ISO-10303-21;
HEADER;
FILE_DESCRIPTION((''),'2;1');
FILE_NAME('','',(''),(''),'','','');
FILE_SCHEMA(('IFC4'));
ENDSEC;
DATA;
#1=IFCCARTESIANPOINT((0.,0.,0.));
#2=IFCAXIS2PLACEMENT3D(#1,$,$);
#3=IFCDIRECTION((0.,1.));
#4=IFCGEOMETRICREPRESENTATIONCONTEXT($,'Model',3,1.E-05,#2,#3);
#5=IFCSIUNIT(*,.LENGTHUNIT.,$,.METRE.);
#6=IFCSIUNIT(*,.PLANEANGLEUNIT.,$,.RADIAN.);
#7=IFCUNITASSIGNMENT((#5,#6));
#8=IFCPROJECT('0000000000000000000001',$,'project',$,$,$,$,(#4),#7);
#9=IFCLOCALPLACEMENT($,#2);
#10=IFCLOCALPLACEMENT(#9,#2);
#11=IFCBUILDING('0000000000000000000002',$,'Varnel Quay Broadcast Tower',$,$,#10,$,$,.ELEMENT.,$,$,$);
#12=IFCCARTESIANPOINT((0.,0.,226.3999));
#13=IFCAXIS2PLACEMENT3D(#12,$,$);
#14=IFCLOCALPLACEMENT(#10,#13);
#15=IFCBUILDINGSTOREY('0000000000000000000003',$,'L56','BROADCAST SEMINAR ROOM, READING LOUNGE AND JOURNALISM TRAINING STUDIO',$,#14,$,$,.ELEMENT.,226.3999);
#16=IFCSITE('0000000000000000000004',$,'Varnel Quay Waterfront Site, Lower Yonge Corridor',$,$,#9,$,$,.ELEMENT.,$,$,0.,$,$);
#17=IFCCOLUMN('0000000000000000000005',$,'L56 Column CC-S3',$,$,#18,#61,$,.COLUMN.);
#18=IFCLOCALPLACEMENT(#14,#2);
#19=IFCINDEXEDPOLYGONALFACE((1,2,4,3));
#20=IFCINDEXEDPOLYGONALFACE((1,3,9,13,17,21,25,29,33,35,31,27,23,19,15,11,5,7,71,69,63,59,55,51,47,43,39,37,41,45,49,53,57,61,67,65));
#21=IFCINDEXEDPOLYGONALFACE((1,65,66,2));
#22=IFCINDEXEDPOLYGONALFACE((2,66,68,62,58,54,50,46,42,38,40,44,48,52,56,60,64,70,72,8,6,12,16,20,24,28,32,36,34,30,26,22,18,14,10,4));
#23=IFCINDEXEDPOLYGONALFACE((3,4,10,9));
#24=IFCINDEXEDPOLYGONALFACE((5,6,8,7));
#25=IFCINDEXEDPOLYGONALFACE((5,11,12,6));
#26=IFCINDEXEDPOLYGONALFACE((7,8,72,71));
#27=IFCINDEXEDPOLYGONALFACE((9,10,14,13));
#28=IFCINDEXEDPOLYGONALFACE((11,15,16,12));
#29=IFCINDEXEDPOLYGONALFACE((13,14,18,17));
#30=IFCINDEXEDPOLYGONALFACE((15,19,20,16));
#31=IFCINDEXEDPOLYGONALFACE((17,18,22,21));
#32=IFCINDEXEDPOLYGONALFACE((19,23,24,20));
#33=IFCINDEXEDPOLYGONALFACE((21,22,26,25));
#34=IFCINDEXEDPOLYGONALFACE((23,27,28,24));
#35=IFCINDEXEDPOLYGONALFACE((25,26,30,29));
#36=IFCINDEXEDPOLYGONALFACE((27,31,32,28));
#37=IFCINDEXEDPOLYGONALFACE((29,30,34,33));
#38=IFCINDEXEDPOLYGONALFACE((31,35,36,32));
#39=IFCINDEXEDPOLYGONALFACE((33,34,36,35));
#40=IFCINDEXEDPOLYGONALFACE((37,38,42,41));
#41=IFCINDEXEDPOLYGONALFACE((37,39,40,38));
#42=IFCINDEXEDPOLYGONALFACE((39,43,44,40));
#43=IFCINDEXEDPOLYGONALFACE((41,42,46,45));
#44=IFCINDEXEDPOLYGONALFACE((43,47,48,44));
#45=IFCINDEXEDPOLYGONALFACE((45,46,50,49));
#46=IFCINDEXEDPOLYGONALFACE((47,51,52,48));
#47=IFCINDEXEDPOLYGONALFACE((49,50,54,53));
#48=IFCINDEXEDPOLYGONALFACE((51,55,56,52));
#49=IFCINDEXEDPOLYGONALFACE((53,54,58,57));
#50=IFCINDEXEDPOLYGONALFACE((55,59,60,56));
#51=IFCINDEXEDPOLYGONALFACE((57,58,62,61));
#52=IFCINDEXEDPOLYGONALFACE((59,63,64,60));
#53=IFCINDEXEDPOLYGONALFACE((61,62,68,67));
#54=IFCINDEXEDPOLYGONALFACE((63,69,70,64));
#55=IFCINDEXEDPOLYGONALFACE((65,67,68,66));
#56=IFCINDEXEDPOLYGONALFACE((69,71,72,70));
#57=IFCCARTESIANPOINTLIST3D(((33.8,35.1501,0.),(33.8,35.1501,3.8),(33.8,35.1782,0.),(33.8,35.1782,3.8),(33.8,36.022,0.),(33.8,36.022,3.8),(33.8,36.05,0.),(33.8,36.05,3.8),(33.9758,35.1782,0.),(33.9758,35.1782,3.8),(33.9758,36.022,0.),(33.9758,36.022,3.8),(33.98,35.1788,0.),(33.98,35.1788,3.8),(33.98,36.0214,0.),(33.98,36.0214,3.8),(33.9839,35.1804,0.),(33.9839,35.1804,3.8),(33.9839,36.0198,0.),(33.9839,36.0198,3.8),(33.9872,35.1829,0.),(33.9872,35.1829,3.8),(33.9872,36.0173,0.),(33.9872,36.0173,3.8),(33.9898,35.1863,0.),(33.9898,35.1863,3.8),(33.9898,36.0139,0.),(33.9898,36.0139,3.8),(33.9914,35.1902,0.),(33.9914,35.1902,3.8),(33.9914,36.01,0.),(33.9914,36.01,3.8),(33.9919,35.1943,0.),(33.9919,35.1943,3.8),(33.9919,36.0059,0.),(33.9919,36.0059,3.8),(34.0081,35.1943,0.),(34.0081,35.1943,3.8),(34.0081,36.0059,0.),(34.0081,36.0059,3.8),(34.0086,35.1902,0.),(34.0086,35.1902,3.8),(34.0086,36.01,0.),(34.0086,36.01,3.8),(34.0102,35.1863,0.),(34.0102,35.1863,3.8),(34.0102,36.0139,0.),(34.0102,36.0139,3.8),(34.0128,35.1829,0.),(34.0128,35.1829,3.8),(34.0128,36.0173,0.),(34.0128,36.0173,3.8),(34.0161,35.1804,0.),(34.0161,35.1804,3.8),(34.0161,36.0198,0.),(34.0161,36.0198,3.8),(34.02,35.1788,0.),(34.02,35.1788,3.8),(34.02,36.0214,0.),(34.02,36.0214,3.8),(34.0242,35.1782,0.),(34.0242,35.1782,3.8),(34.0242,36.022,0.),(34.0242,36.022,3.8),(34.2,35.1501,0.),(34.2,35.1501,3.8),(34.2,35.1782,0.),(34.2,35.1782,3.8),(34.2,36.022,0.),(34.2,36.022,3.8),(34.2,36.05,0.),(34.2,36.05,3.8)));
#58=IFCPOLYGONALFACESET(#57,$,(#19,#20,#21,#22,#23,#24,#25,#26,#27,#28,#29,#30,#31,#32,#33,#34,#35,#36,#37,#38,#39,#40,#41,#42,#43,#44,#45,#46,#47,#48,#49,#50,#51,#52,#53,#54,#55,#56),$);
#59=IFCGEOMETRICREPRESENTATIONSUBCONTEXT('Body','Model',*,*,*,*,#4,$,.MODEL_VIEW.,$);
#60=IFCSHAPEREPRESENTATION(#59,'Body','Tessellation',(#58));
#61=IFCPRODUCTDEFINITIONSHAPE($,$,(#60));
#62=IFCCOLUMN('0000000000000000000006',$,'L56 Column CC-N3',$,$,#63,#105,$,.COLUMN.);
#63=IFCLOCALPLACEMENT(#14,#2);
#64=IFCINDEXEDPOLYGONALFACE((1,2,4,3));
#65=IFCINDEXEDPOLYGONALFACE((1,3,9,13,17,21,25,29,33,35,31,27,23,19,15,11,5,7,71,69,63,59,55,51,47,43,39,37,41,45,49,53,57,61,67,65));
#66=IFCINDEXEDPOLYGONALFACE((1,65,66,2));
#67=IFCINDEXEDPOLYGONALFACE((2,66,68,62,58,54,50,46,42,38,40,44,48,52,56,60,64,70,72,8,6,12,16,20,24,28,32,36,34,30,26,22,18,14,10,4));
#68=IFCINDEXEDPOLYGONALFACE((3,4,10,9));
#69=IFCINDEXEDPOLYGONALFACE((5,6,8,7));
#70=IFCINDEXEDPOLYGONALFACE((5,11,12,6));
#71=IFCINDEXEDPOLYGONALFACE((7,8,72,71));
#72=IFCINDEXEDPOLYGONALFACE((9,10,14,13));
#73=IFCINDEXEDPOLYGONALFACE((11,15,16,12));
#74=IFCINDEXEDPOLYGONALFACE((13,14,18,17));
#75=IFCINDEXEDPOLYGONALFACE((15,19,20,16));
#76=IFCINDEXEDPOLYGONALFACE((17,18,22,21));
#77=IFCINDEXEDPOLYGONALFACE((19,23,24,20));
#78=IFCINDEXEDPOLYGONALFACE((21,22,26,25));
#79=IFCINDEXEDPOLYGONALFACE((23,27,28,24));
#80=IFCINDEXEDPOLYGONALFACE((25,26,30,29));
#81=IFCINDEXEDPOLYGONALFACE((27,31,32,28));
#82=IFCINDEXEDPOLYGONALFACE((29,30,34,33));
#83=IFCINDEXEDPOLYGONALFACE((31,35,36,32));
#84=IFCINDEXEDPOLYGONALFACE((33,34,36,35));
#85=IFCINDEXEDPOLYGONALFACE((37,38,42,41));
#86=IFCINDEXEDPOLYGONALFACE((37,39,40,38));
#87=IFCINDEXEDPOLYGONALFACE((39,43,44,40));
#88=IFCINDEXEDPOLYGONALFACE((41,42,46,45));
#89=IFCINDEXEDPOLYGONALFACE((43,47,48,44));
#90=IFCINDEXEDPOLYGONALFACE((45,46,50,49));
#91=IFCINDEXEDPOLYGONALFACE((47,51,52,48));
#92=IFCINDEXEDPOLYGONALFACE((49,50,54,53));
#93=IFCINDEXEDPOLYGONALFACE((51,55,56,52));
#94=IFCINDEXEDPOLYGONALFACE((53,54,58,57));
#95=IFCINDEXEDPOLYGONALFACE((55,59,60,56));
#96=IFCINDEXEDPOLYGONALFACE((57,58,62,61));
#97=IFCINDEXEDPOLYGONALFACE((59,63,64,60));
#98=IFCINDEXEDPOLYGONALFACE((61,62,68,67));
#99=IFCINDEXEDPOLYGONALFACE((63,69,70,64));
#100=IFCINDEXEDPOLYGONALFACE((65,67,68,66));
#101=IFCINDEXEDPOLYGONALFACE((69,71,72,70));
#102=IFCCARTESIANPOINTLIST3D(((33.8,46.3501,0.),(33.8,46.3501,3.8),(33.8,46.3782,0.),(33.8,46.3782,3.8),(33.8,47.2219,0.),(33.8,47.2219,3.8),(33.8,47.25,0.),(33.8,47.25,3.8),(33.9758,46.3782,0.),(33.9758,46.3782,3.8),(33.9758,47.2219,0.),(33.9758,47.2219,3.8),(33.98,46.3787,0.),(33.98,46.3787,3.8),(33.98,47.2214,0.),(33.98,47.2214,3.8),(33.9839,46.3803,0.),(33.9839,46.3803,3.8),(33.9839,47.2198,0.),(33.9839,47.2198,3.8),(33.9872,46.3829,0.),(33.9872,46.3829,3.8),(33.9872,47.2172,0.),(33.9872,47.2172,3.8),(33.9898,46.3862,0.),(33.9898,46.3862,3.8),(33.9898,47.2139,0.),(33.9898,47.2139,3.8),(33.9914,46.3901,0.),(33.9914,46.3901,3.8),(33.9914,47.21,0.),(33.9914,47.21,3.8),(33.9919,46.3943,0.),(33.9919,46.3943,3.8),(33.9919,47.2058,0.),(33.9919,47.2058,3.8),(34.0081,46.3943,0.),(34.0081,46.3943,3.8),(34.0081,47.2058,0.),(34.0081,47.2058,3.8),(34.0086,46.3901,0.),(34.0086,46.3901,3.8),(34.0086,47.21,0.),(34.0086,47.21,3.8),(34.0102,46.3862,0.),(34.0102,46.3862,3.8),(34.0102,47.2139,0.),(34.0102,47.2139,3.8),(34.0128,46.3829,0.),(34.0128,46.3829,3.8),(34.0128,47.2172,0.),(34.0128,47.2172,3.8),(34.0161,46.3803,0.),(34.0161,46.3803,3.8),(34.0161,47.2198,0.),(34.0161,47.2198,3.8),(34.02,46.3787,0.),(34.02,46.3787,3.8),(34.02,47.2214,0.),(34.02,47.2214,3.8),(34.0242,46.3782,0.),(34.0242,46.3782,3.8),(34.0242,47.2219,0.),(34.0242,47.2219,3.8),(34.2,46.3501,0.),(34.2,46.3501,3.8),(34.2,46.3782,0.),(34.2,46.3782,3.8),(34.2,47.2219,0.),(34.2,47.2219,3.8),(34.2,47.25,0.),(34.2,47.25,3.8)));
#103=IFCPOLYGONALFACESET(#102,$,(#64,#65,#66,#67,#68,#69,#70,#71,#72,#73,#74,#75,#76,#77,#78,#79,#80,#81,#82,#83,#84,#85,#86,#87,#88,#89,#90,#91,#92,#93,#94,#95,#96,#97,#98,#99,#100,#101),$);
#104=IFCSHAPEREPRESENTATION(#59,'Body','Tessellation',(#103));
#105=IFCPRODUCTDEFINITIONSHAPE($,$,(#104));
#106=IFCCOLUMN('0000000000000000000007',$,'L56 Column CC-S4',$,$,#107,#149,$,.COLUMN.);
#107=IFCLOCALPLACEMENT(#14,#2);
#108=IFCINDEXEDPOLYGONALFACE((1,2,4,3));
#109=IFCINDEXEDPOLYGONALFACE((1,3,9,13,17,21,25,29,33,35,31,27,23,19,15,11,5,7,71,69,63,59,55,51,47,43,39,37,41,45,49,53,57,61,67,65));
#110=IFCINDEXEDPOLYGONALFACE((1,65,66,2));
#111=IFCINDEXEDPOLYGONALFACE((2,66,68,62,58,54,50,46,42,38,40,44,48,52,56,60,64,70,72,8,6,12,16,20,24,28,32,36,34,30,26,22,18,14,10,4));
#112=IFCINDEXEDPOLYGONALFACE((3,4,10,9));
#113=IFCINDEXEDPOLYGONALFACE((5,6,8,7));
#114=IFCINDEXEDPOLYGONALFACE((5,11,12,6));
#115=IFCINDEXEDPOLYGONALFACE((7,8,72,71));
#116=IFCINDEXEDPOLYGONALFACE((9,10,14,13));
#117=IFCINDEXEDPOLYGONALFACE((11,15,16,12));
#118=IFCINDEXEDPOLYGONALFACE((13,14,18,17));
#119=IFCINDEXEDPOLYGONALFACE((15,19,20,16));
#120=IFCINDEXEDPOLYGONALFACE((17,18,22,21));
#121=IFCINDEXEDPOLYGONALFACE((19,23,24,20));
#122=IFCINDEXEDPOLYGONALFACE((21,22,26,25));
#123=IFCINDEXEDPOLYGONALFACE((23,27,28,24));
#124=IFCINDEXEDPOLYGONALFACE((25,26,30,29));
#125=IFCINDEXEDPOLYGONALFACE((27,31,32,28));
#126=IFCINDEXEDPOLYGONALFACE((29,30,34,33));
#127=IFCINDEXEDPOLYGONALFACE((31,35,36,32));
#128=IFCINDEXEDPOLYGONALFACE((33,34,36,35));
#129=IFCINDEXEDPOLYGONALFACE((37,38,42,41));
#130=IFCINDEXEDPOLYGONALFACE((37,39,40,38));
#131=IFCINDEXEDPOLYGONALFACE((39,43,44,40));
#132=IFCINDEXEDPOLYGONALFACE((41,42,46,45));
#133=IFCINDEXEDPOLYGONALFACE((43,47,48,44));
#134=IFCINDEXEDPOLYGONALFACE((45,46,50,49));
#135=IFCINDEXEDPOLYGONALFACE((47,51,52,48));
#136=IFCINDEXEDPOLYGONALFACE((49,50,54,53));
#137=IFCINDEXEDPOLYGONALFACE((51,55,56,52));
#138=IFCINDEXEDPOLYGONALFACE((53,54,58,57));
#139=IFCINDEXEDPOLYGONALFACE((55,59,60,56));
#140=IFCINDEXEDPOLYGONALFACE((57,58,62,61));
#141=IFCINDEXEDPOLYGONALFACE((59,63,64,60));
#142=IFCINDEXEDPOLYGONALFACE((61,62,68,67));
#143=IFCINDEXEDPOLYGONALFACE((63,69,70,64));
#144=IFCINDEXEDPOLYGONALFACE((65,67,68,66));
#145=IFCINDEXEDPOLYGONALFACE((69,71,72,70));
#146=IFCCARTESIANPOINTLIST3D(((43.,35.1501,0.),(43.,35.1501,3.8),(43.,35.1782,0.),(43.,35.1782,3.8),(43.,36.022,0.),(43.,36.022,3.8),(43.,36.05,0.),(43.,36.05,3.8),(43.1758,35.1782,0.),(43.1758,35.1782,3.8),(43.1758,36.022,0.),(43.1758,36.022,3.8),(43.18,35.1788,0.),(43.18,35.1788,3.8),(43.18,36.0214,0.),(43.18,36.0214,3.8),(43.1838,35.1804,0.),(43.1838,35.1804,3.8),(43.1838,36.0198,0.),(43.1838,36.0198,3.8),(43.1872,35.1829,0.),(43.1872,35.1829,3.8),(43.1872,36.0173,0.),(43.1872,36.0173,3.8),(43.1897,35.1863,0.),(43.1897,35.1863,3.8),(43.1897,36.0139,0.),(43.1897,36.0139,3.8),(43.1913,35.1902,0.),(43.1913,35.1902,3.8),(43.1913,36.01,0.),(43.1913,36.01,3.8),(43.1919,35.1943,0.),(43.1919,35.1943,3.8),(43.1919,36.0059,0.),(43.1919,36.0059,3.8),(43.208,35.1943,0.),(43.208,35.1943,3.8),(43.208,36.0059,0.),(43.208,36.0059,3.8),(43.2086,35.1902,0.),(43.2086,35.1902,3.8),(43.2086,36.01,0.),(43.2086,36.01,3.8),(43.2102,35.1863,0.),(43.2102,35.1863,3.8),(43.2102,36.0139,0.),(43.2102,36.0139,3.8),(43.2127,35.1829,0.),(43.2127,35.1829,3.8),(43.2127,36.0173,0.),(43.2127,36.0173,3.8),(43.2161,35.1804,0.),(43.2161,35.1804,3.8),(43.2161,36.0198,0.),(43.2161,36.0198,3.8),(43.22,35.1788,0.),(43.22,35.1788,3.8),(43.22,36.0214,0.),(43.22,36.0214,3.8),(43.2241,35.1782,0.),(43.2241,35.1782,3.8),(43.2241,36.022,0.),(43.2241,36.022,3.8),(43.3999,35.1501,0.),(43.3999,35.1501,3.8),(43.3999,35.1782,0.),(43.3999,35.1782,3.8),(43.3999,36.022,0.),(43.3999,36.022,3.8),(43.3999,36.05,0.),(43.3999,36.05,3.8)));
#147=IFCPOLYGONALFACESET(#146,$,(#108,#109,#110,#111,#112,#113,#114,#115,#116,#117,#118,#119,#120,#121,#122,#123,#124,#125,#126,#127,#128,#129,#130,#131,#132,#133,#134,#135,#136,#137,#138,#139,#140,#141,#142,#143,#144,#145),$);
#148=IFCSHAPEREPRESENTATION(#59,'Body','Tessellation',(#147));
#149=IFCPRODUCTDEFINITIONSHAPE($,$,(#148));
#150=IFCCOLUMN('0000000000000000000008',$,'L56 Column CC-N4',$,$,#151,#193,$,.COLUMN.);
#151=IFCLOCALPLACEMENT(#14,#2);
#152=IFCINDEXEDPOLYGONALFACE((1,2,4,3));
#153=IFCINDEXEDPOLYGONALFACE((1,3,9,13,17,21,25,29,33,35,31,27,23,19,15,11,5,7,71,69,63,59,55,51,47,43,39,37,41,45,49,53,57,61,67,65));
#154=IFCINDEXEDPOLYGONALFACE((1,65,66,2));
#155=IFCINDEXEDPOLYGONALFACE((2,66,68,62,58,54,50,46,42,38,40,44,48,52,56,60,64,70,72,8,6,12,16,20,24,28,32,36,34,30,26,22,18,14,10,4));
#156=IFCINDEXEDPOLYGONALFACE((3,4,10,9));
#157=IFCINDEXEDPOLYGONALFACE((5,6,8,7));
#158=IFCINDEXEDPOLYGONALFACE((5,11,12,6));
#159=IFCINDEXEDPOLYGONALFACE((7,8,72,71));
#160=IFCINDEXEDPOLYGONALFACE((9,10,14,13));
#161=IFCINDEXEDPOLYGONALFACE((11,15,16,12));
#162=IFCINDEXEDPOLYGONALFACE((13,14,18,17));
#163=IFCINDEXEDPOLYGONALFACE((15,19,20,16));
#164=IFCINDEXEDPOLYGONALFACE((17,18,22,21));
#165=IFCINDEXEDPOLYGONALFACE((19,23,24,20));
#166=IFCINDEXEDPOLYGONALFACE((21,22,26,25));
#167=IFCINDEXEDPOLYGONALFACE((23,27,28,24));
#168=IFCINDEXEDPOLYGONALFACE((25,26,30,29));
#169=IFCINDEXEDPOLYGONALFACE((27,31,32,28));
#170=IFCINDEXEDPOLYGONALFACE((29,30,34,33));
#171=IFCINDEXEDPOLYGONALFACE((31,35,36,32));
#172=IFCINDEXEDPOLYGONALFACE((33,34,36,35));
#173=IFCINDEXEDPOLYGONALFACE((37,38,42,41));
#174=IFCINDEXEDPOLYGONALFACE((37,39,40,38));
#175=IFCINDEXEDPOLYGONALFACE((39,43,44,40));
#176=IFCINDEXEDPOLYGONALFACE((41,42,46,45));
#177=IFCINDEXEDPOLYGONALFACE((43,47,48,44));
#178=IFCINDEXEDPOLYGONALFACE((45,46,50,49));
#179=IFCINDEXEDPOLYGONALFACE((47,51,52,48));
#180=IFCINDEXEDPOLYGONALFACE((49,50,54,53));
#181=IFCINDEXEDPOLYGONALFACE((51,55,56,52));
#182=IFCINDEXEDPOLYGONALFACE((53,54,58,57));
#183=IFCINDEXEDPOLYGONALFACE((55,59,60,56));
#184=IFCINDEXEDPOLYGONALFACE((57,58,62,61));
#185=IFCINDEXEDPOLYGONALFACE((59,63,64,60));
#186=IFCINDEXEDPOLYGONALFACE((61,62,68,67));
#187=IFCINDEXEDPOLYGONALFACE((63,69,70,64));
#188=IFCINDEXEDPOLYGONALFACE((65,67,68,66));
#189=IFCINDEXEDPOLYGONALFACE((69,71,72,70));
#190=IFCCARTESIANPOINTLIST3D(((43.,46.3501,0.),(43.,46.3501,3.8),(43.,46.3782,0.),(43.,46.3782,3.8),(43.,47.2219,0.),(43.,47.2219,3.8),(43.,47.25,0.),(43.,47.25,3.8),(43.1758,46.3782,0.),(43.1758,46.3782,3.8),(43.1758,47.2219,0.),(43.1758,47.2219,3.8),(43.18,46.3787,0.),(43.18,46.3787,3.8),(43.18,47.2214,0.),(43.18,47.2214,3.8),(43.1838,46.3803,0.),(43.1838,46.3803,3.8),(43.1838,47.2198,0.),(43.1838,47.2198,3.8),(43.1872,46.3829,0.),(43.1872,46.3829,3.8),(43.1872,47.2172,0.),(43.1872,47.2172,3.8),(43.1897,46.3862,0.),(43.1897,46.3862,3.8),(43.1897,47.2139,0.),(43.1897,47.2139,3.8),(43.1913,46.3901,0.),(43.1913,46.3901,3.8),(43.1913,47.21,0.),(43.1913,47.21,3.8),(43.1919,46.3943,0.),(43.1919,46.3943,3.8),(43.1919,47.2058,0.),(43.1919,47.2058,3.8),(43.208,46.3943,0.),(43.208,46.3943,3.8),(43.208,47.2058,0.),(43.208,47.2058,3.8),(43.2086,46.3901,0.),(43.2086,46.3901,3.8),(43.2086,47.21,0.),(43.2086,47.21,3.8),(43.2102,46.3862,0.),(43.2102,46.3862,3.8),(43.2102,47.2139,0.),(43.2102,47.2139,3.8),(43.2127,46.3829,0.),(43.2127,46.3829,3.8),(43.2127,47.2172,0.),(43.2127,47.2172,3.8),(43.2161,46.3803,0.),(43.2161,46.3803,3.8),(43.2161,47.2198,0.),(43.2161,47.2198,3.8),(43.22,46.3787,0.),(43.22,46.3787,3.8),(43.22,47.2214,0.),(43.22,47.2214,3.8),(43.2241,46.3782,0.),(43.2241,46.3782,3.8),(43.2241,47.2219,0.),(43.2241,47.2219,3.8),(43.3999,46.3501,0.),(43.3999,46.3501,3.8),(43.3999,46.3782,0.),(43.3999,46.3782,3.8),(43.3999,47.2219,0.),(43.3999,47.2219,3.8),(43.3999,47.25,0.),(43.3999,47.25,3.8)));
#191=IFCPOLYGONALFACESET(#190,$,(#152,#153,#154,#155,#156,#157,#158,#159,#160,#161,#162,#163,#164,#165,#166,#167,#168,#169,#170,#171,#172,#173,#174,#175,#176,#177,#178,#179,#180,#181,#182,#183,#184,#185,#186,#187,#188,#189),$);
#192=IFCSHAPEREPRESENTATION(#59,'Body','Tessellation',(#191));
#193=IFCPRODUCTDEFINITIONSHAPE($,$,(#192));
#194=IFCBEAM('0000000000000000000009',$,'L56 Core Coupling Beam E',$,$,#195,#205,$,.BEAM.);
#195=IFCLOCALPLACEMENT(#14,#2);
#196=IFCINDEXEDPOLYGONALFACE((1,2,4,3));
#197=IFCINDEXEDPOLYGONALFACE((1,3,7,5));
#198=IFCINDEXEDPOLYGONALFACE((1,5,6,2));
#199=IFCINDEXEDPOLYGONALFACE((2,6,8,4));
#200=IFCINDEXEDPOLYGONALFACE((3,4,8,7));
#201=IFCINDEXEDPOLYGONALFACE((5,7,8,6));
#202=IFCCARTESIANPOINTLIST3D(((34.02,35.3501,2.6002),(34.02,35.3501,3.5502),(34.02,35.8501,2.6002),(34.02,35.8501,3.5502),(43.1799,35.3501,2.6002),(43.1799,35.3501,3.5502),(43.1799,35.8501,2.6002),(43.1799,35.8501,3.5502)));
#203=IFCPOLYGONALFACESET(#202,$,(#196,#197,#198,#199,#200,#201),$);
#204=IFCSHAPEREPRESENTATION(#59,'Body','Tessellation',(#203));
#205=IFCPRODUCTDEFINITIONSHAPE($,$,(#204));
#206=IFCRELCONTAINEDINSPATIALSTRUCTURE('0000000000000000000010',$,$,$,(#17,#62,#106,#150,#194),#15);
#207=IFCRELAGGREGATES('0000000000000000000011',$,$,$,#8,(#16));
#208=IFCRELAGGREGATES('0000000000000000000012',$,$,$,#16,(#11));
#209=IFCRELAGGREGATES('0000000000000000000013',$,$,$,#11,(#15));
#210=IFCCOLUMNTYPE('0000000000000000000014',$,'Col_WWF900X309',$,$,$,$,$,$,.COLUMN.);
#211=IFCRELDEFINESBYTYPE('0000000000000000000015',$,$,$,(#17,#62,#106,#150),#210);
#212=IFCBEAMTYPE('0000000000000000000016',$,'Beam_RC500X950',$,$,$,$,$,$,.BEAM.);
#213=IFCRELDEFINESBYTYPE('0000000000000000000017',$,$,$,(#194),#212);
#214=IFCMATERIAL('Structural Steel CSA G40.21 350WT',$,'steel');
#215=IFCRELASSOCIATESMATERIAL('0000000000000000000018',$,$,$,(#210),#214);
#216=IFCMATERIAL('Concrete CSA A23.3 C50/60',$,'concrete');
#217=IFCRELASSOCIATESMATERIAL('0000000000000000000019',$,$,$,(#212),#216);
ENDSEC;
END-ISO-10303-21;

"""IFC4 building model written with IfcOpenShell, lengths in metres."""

from ifc_helpers import new_model, si_unit, direction, frame, origin, origin_2d, place, context, subcontext, project, spatial, rectangle, i_section, extrude, source, transform, mapped, material, material_profile, profile_set, type_object, type_shapes, element, save


model = new_model("IFC4")

# Units and contexts
model_context = context("Model", 3, precision=1e-05, world=origin(), true_north=direction((0.0, 1.0)))
body_context = subcontext(model_context, "Body", "Model", "MODEL_VIEW")
ifc_project = project(units=[si_unit("LENGTHUNIT", "METRE"), si_unit("PLANEANGLEUNIT", "RADIAN")], contexts=[model_context])

# Site, building, storey
site_placement = place(None, origin())
site = spatial("IfcSite", under=ifc_project, at=site_placement, Name="Varnel Quay Waterfront Site, Lower Yonge Corridor", CompositionType="ELEMENT", RefElevation=0.0)
building_placement = place(site_placement, origin())
building = spatial("IfcBuilding", under=site, at=building_placement, Name="Varnel Quay Broadcast Tower", CompositionType="ELEMENT")
storey_placement = place(building_placement, frame((0.0, 0.0, 226.3999)))
storey = spatial("IfcBuildingStorey", under=building, at=storey_placement, Name="L56", Description="BROADCAST SEMINAR ROOM, READING LOUNGE AND JOURNALISM TRAINING STUDIO", CompositionType="ELEMENT", Elevation=226.3999)

# Columns
ifc_material_1 = material(Name="Structural Steel CSA G40.21 350WT", Category="steel")
ifc_material_profile_1 = material_profile(ifc_material_1, i_section(OverallWidth=0.3999, OverallDepth=0.8999, WebThickness=0.0161, FlangeThickness=0.0281, FilletRadius=0.0161, at=origin_2d()), Name="WWF900X309")
ifc_profile_set_1 = profile_set([ifc_material_profile_1], Name="Structural Steel CSA G40.21 350WT")
column_type = type_object("IfcColumnType", Name="Col_WWF900X309", PredefinedType="COLUMN", material=ifc_profile_set_1)
shared_shape_1 = source(origin(), body_context, "Body", "SweptSolid", [
    extrude(i_section(OverallWidth=0.3999, OverallDepth=0.8999, WebThickness=0.0161, FlangeThickness=0.0281, FilletRadius=0.0161, at=origin_2d()), origin(), (0.0, 0.0, 1.0), 3.8),
])
type_shapes(column_type, [shared_shape_1])
for number, where, z_axis, x_axis, name in (
    (1, (34.0, 35.6001, 0.0), (0.0, 0.0, 1.0), (1.0, 0.0, 0.0), "L56 Column CC-S3"),
    (2, (34.0, 46.8, 0.0), (0.0, 0.0, 1.0), (1.0, 0.0, 0.0), "L56 Column CC-N3"),
    (3, (43.2, 35.6001, 0.0), (0.0, 0.0, 1.0), (1.0, 0.0, 0.0), "L56 Column CC-S4"),
    (4, (43.2, 46.8, 0.0), (0.0, 0.0, 1.0), (1.0, 0.0, 0.0), "L56 Column CC-N4"),
):
    element("IfcColumn", number, at=place(storey_placement, frame(where, z_axis=z_axis, x_axis=x_axis)), inside=storey, type_object=column_type, Name=name, PredefinedType="COLUMN", context=body_context, shape_type="MappedRepresentation", body=[
        mapped(shared_shape_1, transform((0.0, 0.0, 0.0), x_axis=(1.0, 0.0, 0.0), y_axis=(0.0, 1.0, 0.0), z_axis=(0.0, 0.0, 1.0), scale=1.0)),
    ])

# Beam
ifc_material_2 = material(Name="Concrete CSA A23.3 C50/60", Category="concrete")
ifc_material_profile_2 = material_profile(ifc_material_2, rectangle(XDim=0.5, YDim=0.95, at=origin_2d()), Name="RC500X950")
ifc_profile_set_2 = profile_set([ifc_material_profile_2], Name="Concrete CSA A23.3 C50/60")
beam_type = type_object("IfcBeamType", Name="Beam_RC500X950", PredefinedType="BEAM", material=ifc_profile_set_2)
shared_shape_2 = source(origin(), body_context, "Body", "SweptSolid", [
    extrude(rectangle(XDim=0.5, YDim=0.95, at=origin_2d()), origin(), (0.0, 0.0, 1.0), 9.1599),
])
type_shapes(beam_type, [shared_shape_2])
beam_placement = place(storey_placement, frame((34.02, 35.6001, 3.0752), z_axis=(1.0, 0.0, 0.0), x_axis=(0.0, 1.0, 0.0)))
element("IfcBeam", 5, at=beam_placement, inside=storey, type_object=beam_type, Name="L56 Core Coupling Beam E", PredefinedType="BEAM", context=body_context, shape_type="MappedRepresentation", body=[
    mapped(shared_shape_2, transform((0.0, 0.0, 0.0), x_axis=(1.0, 0.0, 0.0), y_axis=(0.0, 1.0, 0.0), z_axis=(0.0, 0.0, 1.0), scale=1.0)),
])

save(model, "model.ifc")
